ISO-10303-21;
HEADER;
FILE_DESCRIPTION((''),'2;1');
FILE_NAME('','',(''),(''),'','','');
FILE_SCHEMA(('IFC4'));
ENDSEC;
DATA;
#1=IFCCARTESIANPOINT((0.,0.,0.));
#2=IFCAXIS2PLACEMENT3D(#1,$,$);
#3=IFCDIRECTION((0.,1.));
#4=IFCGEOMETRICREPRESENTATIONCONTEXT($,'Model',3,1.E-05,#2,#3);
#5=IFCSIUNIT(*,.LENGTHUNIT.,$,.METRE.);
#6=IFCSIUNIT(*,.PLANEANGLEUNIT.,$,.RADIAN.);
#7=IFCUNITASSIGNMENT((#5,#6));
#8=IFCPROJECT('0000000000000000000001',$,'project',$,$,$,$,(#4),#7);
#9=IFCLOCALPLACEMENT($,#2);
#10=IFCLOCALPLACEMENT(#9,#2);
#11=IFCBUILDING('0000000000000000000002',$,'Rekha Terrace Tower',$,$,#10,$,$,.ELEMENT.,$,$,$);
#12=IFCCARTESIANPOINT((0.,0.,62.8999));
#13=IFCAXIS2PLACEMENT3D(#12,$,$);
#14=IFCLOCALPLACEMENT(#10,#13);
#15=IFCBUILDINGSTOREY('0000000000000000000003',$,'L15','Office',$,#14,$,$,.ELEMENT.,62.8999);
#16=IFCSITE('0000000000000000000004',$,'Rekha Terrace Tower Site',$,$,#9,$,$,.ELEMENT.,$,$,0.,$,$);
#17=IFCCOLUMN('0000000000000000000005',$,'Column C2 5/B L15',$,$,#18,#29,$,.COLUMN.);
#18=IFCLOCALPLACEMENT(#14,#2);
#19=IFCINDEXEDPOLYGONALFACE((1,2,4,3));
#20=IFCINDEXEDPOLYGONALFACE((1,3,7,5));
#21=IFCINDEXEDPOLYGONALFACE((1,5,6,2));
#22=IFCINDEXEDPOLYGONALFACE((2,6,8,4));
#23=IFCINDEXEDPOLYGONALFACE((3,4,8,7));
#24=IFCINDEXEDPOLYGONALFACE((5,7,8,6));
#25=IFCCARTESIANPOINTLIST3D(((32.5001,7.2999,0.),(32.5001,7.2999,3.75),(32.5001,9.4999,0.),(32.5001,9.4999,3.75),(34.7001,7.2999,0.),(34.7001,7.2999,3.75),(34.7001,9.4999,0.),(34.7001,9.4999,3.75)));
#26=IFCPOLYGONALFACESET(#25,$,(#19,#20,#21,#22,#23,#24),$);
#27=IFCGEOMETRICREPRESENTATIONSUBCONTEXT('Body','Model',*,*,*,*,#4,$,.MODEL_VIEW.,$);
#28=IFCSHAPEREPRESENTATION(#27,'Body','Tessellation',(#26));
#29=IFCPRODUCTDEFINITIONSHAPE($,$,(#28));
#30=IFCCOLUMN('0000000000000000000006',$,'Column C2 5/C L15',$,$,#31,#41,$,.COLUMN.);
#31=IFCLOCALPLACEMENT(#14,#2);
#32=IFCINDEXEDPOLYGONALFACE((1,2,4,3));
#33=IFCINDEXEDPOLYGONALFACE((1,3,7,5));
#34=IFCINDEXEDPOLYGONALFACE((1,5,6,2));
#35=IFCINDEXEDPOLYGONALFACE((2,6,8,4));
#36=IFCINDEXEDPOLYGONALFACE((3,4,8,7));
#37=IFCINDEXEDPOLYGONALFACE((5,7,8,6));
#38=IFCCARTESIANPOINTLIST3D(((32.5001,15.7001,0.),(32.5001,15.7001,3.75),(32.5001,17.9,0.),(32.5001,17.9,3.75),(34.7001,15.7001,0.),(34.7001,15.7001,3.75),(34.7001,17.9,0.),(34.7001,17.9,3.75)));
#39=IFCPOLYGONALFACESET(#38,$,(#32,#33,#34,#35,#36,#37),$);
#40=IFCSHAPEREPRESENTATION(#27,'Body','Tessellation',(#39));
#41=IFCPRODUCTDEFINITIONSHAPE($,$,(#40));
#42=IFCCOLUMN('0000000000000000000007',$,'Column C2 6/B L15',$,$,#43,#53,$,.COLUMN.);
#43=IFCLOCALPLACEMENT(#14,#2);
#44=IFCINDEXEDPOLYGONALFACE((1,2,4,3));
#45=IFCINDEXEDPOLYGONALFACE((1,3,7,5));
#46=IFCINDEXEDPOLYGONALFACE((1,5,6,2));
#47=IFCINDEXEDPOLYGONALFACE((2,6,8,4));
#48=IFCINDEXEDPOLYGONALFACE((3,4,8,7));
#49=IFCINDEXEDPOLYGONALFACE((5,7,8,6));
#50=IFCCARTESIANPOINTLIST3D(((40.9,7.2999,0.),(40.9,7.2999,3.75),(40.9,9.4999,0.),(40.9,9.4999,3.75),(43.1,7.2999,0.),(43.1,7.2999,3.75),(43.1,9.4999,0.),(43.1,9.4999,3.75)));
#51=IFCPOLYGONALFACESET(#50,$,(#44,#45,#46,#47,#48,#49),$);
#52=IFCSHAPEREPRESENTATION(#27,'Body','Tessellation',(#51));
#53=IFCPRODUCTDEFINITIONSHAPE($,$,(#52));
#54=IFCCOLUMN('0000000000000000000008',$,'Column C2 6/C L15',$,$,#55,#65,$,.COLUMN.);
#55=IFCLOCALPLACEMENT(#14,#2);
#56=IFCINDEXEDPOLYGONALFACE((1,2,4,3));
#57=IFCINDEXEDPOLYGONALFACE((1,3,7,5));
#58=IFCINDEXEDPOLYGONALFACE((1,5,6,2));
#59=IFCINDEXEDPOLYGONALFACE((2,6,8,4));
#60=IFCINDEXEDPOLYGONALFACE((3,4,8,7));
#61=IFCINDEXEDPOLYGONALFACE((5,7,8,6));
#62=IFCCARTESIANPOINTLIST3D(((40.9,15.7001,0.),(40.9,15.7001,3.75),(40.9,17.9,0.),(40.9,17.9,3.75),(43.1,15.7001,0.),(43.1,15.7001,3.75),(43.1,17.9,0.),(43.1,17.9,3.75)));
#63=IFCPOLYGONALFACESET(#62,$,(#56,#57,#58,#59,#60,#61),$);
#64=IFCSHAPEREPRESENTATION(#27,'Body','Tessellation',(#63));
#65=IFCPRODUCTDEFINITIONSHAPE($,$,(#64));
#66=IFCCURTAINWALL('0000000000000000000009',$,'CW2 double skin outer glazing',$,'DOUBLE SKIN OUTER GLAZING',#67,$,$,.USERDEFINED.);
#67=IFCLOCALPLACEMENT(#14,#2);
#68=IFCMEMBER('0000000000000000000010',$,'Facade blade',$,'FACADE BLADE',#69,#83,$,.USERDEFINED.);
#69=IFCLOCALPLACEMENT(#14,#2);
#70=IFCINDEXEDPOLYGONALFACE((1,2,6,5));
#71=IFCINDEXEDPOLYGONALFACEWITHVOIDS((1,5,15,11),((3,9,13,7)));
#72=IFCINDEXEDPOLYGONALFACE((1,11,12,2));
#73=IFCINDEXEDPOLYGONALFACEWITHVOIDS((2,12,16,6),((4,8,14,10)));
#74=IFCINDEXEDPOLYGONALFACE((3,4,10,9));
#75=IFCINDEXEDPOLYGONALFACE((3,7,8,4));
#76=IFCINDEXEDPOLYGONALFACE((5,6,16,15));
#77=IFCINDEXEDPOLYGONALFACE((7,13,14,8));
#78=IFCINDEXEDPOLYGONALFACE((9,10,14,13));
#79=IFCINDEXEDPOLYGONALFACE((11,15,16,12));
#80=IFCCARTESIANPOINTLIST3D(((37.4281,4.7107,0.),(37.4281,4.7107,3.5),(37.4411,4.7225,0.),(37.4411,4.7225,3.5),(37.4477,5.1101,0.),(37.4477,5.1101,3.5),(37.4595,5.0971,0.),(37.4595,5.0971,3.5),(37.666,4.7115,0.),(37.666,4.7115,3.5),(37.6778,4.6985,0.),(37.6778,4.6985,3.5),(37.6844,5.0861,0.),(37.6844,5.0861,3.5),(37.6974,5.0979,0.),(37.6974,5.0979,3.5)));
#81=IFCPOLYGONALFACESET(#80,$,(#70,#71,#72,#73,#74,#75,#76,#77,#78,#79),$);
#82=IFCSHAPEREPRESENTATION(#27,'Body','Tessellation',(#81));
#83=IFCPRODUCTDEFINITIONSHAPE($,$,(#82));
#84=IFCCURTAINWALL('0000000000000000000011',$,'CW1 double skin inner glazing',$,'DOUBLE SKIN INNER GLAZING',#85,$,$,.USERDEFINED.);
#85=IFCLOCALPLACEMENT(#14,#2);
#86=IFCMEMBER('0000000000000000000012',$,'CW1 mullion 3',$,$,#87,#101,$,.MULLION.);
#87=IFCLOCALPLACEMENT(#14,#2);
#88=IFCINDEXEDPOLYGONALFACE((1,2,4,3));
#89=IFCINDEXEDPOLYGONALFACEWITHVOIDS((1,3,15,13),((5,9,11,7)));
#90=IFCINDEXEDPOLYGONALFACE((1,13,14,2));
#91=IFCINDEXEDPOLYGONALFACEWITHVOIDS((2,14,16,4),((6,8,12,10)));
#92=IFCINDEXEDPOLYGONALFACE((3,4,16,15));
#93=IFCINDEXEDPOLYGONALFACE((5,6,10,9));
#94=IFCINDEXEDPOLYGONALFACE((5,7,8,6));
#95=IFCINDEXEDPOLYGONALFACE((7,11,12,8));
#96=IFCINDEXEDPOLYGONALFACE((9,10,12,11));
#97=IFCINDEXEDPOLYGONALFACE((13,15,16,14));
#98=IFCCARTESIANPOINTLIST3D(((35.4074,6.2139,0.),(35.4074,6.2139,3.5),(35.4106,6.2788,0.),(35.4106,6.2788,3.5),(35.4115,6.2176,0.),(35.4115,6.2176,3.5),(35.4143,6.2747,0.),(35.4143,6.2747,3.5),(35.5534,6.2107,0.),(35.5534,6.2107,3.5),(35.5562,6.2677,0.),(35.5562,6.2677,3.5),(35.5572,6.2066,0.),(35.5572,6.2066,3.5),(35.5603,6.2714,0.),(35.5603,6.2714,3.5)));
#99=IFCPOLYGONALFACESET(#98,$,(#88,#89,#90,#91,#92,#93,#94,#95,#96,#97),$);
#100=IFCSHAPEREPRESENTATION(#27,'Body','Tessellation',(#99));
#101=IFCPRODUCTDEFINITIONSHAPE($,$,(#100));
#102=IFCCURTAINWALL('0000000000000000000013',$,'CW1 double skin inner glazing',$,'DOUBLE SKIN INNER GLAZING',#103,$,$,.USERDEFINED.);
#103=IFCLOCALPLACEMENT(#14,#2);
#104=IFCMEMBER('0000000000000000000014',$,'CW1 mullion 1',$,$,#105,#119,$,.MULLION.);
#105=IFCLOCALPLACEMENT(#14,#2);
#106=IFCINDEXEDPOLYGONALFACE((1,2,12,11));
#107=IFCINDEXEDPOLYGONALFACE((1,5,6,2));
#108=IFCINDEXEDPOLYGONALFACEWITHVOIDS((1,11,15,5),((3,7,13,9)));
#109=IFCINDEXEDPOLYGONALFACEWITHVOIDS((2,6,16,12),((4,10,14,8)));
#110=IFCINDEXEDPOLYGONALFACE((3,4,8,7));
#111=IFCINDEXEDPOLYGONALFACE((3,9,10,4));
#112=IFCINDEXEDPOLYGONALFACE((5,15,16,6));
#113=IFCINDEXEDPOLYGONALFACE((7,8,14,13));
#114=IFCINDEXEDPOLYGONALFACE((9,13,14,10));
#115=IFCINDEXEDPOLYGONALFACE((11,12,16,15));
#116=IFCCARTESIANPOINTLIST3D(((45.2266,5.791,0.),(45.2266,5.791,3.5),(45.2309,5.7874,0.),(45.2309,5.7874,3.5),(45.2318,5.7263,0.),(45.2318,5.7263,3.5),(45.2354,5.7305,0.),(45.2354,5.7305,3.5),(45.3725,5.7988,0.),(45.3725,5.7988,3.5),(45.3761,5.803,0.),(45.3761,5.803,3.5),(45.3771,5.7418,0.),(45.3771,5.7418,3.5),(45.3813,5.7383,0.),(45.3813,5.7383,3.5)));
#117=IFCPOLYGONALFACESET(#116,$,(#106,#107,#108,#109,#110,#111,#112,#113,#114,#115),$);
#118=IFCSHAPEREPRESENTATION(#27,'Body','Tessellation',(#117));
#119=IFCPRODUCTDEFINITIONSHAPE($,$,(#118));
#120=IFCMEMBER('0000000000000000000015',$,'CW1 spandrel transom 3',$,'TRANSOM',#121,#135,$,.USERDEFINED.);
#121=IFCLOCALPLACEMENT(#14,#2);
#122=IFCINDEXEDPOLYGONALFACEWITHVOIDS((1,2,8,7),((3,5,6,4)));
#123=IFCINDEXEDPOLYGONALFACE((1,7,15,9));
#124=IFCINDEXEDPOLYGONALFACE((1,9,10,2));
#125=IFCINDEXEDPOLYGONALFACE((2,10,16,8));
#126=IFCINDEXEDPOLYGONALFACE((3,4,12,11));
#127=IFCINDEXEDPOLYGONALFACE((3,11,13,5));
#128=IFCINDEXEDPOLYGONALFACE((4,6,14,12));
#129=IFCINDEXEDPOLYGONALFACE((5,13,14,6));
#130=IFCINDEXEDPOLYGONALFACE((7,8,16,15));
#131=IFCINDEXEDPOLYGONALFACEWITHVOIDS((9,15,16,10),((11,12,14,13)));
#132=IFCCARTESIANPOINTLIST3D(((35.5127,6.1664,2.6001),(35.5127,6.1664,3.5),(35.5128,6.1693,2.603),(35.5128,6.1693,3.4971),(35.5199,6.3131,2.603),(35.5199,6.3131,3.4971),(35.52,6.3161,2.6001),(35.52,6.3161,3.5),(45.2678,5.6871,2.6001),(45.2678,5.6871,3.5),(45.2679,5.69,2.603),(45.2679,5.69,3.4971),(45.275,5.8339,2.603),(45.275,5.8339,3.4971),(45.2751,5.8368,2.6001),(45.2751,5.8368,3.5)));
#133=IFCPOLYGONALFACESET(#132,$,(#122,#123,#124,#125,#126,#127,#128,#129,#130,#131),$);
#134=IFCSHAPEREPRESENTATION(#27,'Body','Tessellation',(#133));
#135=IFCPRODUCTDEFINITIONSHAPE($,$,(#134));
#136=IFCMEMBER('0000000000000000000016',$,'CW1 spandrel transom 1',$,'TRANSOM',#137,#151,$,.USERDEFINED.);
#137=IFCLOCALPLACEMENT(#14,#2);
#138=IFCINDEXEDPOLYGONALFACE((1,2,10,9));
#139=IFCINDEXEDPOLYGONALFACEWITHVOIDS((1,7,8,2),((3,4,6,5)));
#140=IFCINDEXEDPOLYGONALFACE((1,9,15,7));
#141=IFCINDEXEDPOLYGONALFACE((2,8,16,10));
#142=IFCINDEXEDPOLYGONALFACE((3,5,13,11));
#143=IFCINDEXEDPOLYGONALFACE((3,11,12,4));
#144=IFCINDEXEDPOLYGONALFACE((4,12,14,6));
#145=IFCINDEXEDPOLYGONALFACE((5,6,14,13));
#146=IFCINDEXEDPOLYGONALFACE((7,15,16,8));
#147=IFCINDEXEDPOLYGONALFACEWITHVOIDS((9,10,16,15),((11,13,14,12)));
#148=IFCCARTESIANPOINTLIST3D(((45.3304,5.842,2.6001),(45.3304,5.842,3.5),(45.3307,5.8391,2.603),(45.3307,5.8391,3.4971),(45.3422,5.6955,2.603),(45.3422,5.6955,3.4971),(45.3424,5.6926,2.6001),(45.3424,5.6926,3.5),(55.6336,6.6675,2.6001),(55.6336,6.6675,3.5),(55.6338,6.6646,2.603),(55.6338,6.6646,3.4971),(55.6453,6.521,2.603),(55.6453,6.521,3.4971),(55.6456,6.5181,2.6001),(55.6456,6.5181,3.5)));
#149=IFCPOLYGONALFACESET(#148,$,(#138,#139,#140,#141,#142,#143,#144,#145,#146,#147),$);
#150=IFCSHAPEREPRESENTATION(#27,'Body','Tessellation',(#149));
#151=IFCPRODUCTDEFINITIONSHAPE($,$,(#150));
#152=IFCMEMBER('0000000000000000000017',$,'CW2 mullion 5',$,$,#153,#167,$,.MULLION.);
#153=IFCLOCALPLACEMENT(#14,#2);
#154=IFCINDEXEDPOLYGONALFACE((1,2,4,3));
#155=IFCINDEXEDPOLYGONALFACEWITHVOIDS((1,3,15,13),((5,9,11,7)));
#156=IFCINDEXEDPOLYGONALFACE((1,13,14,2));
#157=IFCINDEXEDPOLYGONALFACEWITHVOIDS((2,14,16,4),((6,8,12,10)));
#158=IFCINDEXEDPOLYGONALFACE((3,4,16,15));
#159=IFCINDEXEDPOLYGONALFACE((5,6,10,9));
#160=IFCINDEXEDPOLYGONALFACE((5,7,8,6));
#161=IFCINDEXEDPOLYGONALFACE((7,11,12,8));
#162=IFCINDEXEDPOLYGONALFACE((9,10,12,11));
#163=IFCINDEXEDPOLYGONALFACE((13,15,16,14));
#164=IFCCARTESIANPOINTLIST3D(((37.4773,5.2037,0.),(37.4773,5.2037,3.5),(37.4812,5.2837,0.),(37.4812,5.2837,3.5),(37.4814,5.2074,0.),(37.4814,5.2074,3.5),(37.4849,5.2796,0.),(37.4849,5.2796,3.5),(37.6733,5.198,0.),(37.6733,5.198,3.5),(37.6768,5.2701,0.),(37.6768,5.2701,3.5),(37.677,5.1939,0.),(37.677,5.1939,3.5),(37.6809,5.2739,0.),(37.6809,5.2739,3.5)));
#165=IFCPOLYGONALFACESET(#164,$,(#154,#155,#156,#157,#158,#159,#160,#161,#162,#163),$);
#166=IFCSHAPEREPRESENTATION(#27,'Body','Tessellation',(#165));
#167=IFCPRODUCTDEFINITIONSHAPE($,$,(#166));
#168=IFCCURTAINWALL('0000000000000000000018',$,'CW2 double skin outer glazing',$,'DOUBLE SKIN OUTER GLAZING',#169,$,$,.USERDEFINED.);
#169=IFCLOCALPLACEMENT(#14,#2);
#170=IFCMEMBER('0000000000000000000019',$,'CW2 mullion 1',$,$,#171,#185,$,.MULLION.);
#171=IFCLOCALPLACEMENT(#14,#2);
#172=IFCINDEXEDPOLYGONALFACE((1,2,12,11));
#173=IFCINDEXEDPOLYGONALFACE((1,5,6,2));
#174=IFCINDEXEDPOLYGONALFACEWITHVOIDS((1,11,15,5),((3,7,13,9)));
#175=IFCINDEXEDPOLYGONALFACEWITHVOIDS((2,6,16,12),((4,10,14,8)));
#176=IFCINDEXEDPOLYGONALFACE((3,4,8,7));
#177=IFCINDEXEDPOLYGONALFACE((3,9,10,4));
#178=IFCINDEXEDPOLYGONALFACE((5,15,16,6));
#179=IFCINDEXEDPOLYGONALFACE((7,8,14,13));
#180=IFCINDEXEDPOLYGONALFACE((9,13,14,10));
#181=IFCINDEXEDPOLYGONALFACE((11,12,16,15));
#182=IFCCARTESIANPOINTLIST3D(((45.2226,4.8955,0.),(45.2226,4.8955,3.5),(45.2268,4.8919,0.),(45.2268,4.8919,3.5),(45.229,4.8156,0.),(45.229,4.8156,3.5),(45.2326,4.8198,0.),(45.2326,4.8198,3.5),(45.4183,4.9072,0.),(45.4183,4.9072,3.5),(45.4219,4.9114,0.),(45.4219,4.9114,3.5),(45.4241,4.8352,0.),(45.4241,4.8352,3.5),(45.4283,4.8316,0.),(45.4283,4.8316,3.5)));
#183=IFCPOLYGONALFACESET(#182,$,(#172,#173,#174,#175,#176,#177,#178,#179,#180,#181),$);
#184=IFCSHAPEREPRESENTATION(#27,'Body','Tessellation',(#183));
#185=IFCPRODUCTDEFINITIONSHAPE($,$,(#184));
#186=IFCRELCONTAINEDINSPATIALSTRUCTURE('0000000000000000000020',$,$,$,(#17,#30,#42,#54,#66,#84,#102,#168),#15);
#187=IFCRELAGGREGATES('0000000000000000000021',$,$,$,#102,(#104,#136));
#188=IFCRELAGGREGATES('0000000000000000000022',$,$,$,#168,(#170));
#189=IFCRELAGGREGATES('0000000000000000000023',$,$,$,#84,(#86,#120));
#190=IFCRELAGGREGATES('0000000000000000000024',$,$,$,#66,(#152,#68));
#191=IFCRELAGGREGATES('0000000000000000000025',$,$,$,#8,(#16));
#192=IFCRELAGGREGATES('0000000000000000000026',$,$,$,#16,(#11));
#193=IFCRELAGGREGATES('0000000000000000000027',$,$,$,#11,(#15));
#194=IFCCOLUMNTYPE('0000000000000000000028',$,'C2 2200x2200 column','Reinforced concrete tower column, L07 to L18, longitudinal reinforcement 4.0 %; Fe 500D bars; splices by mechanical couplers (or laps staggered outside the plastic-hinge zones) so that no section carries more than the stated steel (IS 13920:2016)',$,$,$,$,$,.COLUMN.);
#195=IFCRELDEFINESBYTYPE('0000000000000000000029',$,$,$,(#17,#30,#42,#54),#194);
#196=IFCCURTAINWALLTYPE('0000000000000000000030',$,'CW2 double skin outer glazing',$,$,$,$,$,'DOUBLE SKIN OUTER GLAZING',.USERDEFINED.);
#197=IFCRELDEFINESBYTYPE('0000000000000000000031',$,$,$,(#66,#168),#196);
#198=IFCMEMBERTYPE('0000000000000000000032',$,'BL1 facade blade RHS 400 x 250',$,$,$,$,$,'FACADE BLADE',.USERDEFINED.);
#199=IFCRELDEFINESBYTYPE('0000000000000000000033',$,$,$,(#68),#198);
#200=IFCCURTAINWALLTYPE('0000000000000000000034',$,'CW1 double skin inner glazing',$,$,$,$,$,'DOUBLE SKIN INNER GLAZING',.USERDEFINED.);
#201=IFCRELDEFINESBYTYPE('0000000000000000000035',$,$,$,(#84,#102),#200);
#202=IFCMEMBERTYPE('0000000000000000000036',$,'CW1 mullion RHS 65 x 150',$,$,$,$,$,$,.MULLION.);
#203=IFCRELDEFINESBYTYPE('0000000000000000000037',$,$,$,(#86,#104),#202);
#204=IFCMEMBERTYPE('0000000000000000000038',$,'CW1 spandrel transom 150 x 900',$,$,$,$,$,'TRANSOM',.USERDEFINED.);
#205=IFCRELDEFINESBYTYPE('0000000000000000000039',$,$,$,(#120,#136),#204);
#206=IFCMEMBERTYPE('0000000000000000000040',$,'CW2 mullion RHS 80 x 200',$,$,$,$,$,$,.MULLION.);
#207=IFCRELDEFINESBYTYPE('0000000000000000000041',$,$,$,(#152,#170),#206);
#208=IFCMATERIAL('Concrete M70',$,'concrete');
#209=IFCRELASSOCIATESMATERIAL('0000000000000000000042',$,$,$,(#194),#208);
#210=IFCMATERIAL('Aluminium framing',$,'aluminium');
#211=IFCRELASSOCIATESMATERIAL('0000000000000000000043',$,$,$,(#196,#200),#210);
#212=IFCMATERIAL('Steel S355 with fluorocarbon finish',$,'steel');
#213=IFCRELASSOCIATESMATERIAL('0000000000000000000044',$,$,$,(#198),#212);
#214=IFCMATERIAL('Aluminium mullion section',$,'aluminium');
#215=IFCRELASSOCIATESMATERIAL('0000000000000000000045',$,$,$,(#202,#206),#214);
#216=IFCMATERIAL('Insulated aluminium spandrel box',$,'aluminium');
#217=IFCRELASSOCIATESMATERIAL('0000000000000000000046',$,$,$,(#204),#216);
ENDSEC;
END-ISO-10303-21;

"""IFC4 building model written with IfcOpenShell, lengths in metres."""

from ifc_helpers import new_model, si_unit, direction, frame, origin, origin_2d, place, context, subcontext, project, spatial, rectangle, hollow_rectangle, extrude, material, material_profile, profile_set, type_object, element, aggregate, save


model = new_model("IFC4")

# Units and contexts
model_context = context("Model", 3, precision=1e-05, world=origin(), true_north=direction((0.0, 1.0)))
body_context = subcontext(model_context, "Body", "Model", "MODEL_VIEW")
ifc_project = project(units=[si_unit("LENGTHUNIT", "METRE"), si_unit("PLANEANGLEUNIT", "RADIAN")], contexts=[model_context])

# Site, building, storey
site_placement = place(None, origin())
site = spatial("IfcSite", under=ifc_project, at=site_placement, Name="Rekha Terrace Tower Site", CompositionType="ELEMENT", RefElevation=0.0)
building_placement = place(site_placement, origin())
building = spatial("IfcBuilding", under=site, at=building_placement, Name="Rekha Terrace Tower", CompositionType="ELEMENT")
storey_placement = place(building_placement, frame((0.0, 0.0, 62.8999)))
storey = spatial("IfcBuildingStorey", under=building, at=storey_placement, Name="L15", Description="Office", CompositionType="ELEMENT", Elevation=62.8999)

# Columns
ifc_material_1 = material(Name="Concrete M70", Category="concrete")
ifc_material_profile_1 = material_profile(ifc_material_1, rectangle(XDim=2.2, YDim=2.2, at=origin_2d()), Name="RC 2200x2200")
ifc_profile_set_1 = profile_set([ifc_material_profile_1], Name="Concrete M70")
column_type = type_object("IfcColumnType", Name="C2 2200x2200 column", Description="Reinforced concrete tower column, L07 to L18, longitudinal reinforcement 4.0 %; Fe 500D bars; splices by mechanical couplers (or laps staggered outside the plastic-hinge zones) so that no section carries more than the stated steel (IS 13920:2016)", PredefinedType="COLUMN", material=ifc_profile_set_1)
for number, where, z_axis, x_axis, name in (
    (1, (33.6001, 8.3999, 0.0), (0.0, 0.0, 1.0), (1.0, 0.0, 0.0), "Column C2 5/B L15"),
    (2, (33.6001, 16.8, 0.0), (0.0, 0.0, 1.0), (1.0, 0.0, 0.0), "Column C2 5/C L15"),
    (3, (42.0, 8.3999, 0.0), (0.0, 0.0, 1.0), (1.0, 0.0, 0.0), "Column C2 6/B L15"),
    (4, (42.0, 16.8, 0.0), (0.0, 0.0, 1.0), (1.0, 0.0, 0.0), "Column C2 6/C L15"),
):
    element("IfcColumn", number, at=place(storey_placement, frame(where, z_axis=z_axis, x_axis=x_axis)), inside=storey, type_object=column_type, Name=name, PredefinedType="COLUMN", context=body_context, shape_type="SweptSolid", body=[
        extrude(rectangle(XDim=2.2, YDim=2.2, at=origin_2d()), origin(), (0.0, 0.0, 1.0), 3.75),
    ])

# Curtain walls, members
ifc_material_2 = material(Name="Aluminium framing", Category="aluminium")
curtain_wall_type_1 = type_object("IfcCurtainWallType", Name="CW2 double skin outer glazing", ElementType="DOUBLE SKIN OUTER GLAZING", PredefinedType="USERDEFINED", material=ifc_material_2)
curtain_wall_1_placement = place(storey_placement, origin())
curtain_wall_1 = element("IfcCurtainWall", 5, at=curtain_wall_1_placement, inside=storey, type_object=curtain_wall_type_1, Name="CW2 double skin outer glazing", ObjectType="DOUBLE SKIN OUTER GLAZING", PredefinedType="USERDEFINED")
ifc_material_3 = material(Name="Steel S355 with fluorocarbon finish", Category="steel")
ifc_material_profile_2 = material_profile(ifc_material_3, hollow_rectangle(XDim=0.25, YDim=0.3999, WallThickness=0.0125, at=origin_2d()), Name="RHS400x250x12.5")
ifc_profile_set_2 = profile_set([ifc_material_profile_2], Name="Steel S355 with fluorocarbon finish")
member_type_1 = type_object("IfcMemberType", Name="BL1 facade blade RHS 400 x 250", ElementType="FACADE BLADE", PredefinedType="USERDEFINED", material=ifc_profile_set_2)
member_1_placement = place(storey_placement, frame((37.5627, 4.9043, 0.0), z_axis=(0.0, 0.0, 1.0), x_axis=(0.998796, -0.049052, 0.0)))
member_1 = element("IfcMember", 6, at=member_1_placement, type_object=member_type_1, Name="Facade blade", ObjectType="FACADE BLADE", PredefinedType="USERDEFINED", context=body_context, shape_type="SweptSolid", body=[
    extrude(hollow_rectangle(XDim=0.25, YDim=0.3999, WallThickness=0.0125, at=origin_2d()), origin(), (0.0, 0.0, 1.0), 3.5),
])
curtain_wall_type_2 = type_object("IfcCurtainWallType", Name="CW1 double skin inner glazing", ElementType="DOUBLE SKIN INNER GLAZING", PredefinedType="USERDEFINED", material=ifc_material_2)
curtain_wall_2_placement = place(storey_placement, origin())
curtain_wall_2 = element("IfcCurtainWall", 7, at=curtain_wall_2_placement, inside=storey, type_object=curtain_wall_type_2, Name="CW1 double skin inner glazing", ObjectType="DOUBLE SKIN INNER GLAZING", PredefinedType="USERDEFINED")
ifc_material_4 = material(Name="Aluminium mullion section", Category="aluminium")
ifc_material_profile_3 = material_profile(ifc_material_4, hollow_rectangle(XDim=0.0649, YDim=0.1499, WallThickness=0.0039, at=origin_2d()), Name="AL RHS 65x150")
ifc_profile_set_3 = profile_set([ifc_material_profile_3], Name="Aluminium mullion section")
member_type_2 = type_object("IfcMemberType", Name="CW1 mullion RHS 65 x 150", PredefinedType="MULLION", material=ifc_profile_set_3)
member_2_placement = place(storey_placement, frame((35.4839, 6.2427, 0.0), z_axis=(0.0, 0.0, 1.0), x_axis=(0.049052, 0.998796, 0.0)))
member_2 = element("IfcMember", 8, at=member_2_placement, type_object=member_type_2, Name="CW1 mullion 3", PredefinedType="MULLION", context=body_context, shape_type="SweptSolid", body=[
    extrude(hollow_rectangle(XDim=0.0649, YDim=0.1499, WallThickness=0.0039, at=origin_2d()), origin(), (0.0, 0.0, 1.0), 3.5),
])
curtain_wall_3_placement = place(storey_placement, origin())
curtain_wall_3 = element("IfcCurtainWall", 9, at=curtain_wall_3_placement, inside=storey, type_object=curtain_wall_type_2, Name="CW1 double skin inner glazing", ObjectType="DOUBLE SKIN INNER GLAZING", PredefinedType="USERDEFINED")
member_3_placement = place(storey_placement, frame((45.304, 5.7646, 0.0), z_axis=(0.0, 0.0, 1.0), x_axis=(-0.079872, 0.996805, 0.0)))
member_3 = element("IfcMember", 10, at=member_3_placement, type_object=member_type_2, Name="CW1 mullion 1", PredefinedType="MULLION", context=body_context, shape_type="SweptSolid", body=[
    extrude(hollow_rectangle(XDim=0.0649, YDim=0.1499, WallThickness=0.0039, at=origin_2d()), origin(), (0.0, 0.0, 1.0), 3.5),
])

# Members
ifc_material_5 = material(Name="Insulated aluminium spandrel box", Category="aluminium")
ifc_material_profile_4 = material_profile(ifc_material_5, hollow_rectangle(XDim=0.1499, YDim=0.8999, WallThickness=0.0029, at=origin_2d()), Name="AL SPANDREL BOX 150x900")
ifc_profile_set_4 = profile_set([ifc_material_profile_4], Name="Insulated aluminium spandrel box")
member_type_3 = type_object("IfcMemberType", Name="CW1 spandrel transom 150 x 900", ElementType="TRANSOM", PredefinedType="USERDEFINED", material=ifc_profile_set_4)
member_4_placement = place(storey_placement, frame((35.5164, 6.2412, 3.05), z_axis=(0.998795, -0.049069, 0.0), x_axis=(0.049069, 0.998795, 0.0)))
member_4 = element("IfcMember", 11, at=member_4_placement, type_object=member_type_3, Name="CW1 spandrel transom 3", ObjectType="TRANSOM", PredefinedType="USERDEFINED", context=body_context, shape_type="SweptSolid", body=[
    extrude(hollow_rectangle(XDim=0.1499, YDim=0.8999, WallThickness=0.0029, at=origin_2d()), origin(), (0.0, 0.0, 1.0), 9.7668),
])
member_5_placement = place(storey_placement, frame((45.3364, 5.7673, 3.05), z_axis=(0.996806, 0.079859, 0.0), x_axis=(-0.079859, 0.996806, 0.0)))
member_5 = element("IfcMember", 12, at=member_5_placement, type_object=member_type_3, Name="CW1 spandrel transom 1", ObjectType="TRANSOM", PredefinedType="USERDEFINED", context=body_context, shape_type="SweptSolid", body=[
    extrude(hollow_rectangle(XDim=0.1499, YDim=0.8999, WallThickness=0.0029, at=origin_2d()), origin(), (0.0, 0.0, 1.0), 10.3362),
])
aggregate(curtain_wall_3, [member_3, member_5])
ifc_material_profile_5 = material_profile(ifc_material_4, hollow_rectangle(XDim=0.0801, YDim=0.2, WallThickness=0.0039, at=origin_2d()), Name="AL RHS 80x200")
ifc_profile_set_5 = profile_set([ifc_material_profile_5], Name="Aluminium mullion section")
member_type_4 = type_object("IfcMemberType", Name="CW2 mullion RHS 80 x 200", PredefinedType="MULLION", material=ifc_profile_set_5)
member_6_placement = place(storey_placement, frame((37.5791, 5.2388, 0.0), z_axis=(0.0, 0.0, 1.0), x_axis=(0.049052, 0.998796, 0.0)))
member_6 = element("IfcMember", 13, at=member_6_placement, type_object=member_type_4, Name="CW2 mullion 5", PredefinedType="MULLION", context=body_context, shape_type="SweptSolid", body=[
    extrude(hollow_rectangle(XDim=0.0801, YDim=0.2, WallThickness=0.0039, at=origin_2d()), origin(), (0.0, 0.0, 1.0), 3.5),
])

# Curtain wall, member
curtain_wall_4_placement = place(storey_placement, origin())
curtain_wall_4 = element("IfcCurtainWall", 14, at=curtain_wall_4_placement, inside=storey, type_object=curtain_wall_type_1, Name="CW2 double skin outer glazing", ObjectType="DOUBLE SKIN OUTER GLAZING", PredefinedType="USERDEFINED")
member_7_placement = place(storey_placement, frame((45.3254, 4.8635, 0.0), z_axis=(0.0, 0.0, 1.0), x_axis=(-0.079872, 0.996805, 0.0)))
member_7 = element("IfcMember", 15, at=member_7_placement, type_object=member_type_4, Name="CW2 mullion 1", PredefinedType="MULLION", context=body_context, shape_type="SweptSolid", body=[
    extrude(hollow_rectangle(XDim=0.0801, YDim=0.2, WallThickness=0.0039, at=origin_2d()), origin(), (0.0, 0.0, 1.0), 3.5),
])

aggregate(curtain_wall_4, [member_7])

aggregate(curtain_wall_2, [member_2, member_4])
aggregate(curtain_wall_1, [member_6, member_1])

save(model, "model.ifc")
